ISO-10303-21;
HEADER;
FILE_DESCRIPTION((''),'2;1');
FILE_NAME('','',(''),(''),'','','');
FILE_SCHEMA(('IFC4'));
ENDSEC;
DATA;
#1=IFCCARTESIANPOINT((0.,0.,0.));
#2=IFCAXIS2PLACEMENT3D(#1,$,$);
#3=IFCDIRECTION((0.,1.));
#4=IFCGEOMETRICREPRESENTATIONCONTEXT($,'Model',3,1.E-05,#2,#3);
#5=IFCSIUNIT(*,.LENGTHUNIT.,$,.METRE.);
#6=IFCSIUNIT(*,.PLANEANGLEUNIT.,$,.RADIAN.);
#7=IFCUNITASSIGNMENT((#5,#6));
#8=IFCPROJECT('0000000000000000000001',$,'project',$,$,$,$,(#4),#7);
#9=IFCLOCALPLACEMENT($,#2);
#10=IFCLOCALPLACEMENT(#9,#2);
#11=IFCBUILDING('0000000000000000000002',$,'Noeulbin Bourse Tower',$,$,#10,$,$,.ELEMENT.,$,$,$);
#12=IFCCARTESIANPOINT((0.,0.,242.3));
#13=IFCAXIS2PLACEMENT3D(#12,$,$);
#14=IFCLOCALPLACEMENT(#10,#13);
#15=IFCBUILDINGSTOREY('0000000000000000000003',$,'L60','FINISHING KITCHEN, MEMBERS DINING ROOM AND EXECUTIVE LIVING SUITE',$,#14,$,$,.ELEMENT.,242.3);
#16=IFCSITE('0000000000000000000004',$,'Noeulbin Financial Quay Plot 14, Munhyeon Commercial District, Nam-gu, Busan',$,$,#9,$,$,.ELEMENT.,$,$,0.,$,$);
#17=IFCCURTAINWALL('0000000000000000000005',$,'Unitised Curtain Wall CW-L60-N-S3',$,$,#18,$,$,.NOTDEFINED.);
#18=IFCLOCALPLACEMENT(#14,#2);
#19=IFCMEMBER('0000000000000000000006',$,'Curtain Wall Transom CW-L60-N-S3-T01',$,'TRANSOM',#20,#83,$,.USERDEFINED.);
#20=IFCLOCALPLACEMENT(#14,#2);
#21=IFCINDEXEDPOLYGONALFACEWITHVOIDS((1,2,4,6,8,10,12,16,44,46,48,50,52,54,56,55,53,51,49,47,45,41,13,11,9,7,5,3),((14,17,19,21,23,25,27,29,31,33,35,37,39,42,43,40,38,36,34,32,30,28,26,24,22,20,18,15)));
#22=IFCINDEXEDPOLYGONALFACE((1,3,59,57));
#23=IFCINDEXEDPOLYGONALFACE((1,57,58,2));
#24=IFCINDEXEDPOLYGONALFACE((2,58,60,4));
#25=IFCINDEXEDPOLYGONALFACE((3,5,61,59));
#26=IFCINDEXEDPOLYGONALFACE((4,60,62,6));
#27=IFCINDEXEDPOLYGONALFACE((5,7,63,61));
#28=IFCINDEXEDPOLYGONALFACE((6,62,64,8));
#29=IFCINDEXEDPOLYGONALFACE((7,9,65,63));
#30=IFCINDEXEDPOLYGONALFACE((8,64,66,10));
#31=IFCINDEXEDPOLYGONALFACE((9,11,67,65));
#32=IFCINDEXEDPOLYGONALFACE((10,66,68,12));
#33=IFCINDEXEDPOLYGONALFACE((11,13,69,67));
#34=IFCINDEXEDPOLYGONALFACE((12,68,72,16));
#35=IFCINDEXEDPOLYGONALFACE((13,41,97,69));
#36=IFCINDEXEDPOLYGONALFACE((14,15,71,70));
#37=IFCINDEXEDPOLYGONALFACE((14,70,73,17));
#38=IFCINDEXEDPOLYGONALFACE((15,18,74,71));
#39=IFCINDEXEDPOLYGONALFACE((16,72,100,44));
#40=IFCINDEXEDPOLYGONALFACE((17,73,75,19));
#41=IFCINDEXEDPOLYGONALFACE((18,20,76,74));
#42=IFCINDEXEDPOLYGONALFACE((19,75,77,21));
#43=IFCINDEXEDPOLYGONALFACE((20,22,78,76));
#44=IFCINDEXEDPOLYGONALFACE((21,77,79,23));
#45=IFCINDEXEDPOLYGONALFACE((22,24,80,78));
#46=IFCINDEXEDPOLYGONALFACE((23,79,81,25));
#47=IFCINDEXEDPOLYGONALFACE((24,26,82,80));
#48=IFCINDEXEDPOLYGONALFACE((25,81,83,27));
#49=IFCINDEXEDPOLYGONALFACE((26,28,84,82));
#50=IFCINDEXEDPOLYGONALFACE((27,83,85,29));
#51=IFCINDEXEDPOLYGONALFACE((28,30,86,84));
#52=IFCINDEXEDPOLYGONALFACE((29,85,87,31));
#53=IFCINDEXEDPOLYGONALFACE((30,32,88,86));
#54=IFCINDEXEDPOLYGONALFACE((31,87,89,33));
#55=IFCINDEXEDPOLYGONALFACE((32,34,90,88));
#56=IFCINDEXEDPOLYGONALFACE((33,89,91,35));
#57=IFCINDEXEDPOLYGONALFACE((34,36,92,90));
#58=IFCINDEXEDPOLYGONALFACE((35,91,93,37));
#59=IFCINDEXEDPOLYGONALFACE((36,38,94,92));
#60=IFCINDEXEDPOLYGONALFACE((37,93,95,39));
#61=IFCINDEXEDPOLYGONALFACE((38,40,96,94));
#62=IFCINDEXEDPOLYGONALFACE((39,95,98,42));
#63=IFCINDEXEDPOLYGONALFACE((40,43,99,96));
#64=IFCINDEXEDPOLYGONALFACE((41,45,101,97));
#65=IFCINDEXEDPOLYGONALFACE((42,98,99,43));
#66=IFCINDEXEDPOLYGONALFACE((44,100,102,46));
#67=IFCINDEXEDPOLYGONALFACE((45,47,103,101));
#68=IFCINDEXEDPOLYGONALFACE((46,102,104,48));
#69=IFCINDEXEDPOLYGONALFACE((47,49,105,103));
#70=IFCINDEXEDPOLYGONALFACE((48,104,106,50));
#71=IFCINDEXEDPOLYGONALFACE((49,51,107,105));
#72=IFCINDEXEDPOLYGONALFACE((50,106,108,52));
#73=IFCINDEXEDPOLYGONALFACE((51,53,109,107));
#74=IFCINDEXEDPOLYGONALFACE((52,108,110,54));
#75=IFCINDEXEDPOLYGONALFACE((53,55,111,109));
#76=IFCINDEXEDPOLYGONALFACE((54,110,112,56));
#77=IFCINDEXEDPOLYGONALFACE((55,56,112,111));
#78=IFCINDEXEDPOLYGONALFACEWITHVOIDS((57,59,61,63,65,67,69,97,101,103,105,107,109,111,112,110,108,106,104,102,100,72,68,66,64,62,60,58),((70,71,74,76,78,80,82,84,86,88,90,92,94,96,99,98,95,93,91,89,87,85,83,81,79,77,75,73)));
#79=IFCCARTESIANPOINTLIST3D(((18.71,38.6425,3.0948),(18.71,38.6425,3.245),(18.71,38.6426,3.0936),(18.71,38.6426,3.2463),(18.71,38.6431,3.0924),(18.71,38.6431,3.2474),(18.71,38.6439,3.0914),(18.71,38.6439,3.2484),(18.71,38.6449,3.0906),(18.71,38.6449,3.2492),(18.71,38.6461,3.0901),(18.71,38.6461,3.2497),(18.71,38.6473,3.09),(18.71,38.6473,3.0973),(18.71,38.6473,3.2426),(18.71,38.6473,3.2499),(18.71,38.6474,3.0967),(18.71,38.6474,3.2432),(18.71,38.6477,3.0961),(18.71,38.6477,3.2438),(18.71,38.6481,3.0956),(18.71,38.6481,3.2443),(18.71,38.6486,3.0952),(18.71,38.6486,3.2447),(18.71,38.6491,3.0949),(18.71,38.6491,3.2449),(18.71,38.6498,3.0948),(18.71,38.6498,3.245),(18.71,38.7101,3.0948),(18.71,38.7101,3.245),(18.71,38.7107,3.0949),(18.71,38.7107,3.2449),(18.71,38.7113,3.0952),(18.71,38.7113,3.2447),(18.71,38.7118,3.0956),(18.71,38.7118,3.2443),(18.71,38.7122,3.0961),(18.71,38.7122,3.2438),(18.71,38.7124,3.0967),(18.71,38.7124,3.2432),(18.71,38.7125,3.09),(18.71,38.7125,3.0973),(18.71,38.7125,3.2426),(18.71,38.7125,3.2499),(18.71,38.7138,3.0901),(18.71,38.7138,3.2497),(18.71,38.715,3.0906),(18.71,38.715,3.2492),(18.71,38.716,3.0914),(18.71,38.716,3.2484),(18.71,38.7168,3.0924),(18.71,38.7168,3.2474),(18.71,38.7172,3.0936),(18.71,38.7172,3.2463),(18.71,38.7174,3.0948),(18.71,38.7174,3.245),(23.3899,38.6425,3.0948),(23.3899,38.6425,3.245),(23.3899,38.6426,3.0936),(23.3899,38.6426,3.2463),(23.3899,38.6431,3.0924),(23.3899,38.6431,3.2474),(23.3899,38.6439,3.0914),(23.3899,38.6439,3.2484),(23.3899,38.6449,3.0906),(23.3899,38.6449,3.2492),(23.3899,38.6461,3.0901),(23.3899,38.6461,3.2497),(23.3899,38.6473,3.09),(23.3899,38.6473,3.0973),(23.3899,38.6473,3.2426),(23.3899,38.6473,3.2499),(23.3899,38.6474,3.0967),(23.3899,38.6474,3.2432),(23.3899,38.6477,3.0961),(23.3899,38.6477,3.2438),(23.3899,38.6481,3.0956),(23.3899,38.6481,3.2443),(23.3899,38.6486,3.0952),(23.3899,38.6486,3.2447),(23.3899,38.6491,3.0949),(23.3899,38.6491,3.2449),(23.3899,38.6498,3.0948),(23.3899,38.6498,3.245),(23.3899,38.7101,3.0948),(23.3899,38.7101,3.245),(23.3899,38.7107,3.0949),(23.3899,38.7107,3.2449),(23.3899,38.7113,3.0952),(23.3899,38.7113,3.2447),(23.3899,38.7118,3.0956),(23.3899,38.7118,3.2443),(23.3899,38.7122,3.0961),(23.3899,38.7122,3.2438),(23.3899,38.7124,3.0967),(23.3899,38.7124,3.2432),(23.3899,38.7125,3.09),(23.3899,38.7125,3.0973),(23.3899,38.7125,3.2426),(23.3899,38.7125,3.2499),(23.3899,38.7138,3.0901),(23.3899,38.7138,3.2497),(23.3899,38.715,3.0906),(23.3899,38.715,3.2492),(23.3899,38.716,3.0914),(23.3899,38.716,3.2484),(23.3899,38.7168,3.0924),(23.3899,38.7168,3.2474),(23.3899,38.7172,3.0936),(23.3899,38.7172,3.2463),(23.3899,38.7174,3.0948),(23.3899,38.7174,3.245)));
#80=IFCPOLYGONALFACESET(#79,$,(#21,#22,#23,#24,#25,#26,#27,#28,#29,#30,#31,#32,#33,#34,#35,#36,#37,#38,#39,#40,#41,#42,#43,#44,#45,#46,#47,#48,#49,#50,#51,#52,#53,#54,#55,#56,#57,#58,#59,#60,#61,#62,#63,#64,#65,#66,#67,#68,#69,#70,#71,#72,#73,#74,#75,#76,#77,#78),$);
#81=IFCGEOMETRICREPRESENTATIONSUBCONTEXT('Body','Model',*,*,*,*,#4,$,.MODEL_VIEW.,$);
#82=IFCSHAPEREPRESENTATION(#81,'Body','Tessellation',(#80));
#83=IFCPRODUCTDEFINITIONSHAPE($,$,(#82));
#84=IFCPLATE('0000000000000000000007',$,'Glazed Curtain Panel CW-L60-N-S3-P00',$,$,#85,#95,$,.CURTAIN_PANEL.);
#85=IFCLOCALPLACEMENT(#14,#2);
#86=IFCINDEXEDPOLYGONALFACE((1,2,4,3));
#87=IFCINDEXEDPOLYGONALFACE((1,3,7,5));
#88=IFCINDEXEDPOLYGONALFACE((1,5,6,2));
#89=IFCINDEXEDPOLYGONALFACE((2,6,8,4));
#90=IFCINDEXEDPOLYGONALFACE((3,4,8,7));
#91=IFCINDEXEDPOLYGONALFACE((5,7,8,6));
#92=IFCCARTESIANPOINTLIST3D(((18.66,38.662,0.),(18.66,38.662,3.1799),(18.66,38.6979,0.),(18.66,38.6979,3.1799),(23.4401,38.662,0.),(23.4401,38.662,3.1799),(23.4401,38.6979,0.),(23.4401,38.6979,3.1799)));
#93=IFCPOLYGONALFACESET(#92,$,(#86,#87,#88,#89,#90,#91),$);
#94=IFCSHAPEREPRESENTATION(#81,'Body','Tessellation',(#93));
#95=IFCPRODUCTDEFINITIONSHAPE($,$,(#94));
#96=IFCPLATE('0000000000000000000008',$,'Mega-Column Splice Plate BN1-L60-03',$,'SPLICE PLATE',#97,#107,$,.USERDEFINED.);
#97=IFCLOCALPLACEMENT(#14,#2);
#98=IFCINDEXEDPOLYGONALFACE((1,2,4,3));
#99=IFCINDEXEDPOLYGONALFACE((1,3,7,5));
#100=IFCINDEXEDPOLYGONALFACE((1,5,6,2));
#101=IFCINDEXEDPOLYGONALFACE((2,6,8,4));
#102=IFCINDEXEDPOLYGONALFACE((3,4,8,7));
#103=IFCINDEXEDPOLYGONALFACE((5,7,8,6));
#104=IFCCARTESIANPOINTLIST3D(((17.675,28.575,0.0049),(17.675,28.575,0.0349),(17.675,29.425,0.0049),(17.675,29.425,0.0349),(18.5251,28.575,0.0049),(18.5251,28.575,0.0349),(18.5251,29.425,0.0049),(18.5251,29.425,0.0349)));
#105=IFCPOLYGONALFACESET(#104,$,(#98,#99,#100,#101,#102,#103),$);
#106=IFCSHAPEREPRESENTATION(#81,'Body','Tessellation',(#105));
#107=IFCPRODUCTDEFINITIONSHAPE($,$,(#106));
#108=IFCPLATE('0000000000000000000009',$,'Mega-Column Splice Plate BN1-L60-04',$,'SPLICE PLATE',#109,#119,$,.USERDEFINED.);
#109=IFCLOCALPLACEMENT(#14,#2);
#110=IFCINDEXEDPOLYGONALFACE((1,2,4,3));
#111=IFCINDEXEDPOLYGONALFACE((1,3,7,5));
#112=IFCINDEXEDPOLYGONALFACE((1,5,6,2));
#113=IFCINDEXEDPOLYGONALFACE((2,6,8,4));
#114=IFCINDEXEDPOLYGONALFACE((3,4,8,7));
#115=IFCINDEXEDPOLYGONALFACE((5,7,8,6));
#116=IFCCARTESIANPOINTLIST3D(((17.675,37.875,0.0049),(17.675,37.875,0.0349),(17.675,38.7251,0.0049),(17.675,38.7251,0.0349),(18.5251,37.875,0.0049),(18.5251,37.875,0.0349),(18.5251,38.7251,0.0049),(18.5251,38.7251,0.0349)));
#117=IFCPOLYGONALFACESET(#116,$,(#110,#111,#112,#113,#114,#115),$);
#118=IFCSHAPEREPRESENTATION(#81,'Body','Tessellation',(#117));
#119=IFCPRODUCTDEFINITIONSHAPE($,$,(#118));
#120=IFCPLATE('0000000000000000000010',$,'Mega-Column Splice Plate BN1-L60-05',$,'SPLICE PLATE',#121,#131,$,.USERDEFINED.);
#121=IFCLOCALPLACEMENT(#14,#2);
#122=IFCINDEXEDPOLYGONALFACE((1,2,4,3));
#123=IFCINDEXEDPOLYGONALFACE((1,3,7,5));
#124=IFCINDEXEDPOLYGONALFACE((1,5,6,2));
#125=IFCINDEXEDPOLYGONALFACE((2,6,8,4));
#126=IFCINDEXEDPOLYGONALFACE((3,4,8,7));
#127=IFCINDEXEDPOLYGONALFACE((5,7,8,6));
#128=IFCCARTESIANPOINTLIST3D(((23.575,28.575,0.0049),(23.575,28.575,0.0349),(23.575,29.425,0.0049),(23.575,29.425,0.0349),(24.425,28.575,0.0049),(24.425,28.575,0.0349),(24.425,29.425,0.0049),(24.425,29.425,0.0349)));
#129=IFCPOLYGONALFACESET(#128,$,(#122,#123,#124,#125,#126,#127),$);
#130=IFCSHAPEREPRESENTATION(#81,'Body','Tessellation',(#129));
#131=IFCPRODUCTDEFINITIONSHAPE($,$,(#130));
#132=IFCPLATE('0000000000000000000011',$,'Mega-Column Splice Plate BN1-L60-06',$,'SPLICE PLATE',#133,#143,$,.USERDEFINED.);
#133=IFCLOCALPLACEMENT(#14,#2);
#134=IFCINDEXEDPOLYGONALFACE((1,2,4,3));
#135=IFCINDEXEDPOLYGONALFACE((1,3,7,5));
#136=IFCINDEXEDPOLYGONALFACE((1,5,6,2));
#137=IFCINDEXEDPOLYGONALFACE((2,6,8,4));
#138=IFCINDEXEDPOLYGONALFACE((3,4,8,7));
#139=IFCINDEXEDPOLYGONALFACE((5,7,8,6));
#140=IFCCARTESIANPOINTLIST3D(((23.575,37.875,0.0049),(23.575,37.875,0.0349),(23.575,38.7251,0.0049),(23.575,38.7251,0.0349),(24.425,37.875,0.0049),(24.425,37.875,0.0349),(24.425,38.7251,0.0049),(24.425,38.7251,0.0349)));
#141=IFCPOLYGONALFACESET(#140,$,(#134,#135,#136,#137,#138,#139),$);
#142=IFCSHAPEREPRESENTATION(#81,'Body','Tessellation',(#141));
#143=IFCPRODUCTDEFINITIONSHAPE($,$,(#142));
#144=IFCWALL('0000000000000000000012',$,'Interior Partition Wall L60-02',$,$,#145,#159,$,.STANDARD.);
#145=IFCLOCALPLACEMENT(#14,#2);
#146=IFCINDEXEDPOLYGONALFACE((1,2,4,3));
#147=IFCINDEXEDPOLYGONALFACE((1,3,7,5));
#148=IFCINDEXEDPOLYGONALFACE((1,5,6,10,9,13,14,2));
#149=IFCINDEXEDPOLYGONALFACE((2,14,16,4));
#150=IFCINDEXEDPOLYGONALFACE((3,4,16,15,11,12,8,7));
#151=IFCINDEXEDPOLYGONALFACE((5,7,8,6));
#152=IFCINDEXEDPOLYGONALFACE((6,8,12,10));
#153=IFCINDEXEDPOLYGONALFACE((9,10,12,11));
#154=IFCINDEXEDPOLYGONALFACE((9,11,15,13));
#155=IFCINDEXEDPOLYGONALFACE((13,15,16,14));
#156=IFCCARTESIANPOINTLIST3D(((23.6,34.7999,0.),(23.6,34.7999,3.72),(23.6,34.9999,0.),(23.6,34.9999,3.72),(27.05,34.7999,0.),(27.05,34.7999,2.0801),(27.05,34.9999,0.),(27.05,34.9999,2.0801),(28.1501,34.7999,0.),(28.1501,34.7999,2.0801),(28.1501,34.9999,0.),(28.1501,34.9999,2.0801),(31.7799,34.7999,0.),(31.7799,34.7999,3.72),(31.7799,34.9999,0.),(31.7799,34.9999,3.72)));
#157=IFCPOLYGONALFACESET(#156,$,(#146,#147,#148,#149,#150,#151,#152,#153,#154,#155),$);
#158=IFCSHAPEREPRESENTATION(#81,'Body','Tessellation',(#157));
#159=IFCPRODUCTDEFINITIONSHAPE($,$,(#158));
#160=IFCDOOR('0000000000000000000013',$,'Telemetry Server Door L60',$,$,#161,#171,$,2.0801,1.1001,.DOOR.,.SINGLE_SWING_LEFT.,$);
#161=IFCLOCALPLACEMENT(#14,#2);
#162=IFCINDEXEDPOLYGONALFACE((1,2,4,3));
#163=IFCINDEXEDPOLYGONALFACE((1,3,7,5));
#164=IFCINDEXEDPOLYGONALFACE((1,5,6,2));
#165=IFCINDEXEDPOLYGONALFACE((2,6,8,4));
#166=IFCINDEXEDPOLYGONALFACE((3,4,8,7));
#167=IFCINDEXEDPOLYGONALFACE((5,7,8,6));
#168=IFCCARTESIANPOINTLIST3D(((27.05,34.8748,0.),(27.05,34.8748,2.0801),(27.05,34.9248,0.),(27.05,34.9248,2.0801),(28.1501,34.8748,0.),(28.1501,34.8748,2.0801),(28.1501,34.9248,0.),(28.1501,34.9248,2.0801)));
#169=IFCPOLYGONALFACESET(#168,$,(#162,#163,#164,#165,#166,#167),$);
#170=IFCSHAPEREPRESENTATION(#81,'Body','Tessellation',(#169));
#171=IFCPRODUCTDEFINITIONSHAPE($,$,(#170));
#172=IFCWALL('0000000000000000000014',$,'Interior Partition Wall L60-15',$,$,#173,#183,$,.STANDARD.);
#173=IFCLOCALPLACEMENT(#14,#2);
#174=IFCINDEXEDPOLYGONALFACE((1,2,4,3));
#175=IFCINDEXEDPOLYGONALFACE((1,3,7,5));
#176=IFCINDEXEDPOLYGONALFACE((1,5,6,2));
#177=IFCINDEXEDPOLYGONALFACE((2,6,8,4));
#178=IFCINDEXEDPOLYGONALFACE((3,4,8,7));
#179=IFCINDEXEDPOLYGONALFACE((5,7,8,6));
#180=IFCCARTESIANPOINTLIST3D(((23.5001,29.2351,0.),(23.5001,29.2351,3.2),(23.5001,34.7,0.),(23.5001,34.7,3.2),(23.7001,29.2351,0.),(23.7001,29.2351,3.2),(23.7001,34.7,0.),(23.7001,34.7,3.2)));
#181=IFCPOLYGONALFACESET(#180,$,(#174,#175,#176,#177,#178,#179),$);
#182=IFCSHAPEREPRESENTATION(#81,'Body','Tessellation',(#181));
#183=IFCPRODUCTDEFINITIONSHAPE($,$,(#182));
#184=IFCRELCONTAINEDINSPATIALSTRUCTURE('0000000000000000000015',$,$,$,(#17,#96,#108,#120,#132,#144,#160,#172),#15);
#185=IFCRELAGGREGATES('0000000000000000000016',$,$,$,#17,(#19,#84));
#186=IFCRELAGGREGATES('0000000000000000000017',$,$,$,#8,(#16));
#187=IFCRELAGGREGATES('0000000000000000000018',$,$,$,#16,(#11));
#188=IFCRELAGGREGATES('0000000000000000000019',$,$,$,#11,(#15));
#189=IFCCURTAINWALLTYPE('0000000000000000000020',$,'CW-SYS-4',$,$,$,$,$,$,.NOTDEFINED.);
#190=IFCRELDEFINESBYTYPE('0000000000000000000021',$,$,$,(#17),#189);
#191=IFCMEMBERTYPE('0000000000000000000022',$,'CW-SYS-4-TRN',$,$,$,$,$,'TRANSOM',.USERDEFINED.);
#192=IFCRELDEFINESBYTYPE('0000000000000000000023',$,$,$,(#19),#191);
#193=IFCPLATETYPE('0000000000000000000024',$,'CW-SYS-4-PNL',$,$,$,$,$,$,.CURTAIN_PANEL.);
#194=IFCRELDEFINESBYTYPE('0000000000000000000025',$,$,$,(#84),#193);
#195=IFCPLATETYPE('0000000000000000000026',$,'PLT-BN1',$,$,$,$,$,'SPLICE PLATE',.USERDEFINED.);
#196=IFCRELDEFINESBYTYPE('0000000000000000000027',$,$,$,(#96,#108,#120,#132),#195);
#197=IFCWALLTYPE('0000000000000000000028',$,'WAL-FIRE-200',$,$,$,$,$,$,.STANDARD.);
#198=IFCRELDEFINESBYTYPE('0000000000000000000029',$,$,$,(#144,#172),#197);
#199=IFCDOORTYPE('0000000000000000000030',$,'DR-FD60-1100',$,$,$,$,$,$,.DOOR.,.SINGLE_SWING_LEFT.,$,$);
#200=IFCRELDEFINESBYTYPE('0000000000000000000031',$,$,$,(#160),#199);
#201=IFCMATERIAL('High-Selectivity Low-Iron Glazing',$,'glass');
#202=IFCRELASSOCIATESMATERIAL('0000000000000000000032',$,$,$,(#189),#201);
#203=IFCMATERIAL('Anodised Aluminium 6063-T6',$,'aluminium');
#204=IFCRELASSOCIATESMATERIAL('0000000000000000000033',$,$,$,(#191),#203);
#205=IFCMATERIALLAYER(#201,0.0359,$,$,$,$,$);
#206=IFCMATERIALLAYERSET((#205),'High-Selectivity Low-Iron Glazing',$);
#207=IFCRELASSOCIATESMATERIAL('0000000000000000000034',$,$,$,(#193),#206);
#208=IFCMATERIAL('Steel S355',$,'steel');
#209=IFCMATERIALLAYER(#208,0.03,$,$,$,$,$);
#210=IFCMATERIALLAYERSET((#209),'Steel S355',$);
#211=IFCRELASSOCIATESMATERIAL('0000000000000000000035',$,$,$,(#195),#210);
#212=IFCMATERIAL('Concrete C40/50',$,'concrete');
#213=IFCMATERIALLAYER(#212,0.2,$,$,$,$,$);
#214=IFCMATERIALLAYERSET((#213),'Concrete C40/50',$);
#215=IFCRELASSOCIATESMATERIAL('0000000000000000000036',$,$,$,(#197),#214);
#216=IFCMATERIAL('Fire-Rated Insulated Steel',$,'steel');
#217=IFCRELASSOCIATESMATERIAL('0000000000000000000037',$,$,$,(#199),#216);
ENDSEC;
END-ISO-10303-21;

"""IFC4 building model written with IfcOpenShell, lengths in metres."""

from ifc_helpers import new_model, si_unit, direction, frame, frame_2d, origin, origin_2d, place, context, subcontext, project, spatial, rectangle, hollow_rectangle, extrude, material, layer, layer_set, material_profile, profile_set, type_object, element, fill, aggregate, save


model = new_model("IFC4")

# Units and contexts
model_context = context("Model", 3, precision=1e-05, world=origin(), true_north=direction((0.0, 1.0)))
body_context = subcontext(model_context, "Body", "Model", "MODEL_VIEW")
ifc_project = project(units=[si_unit("LENGTHUNIT", "METRE"), si_unit("PLANEANGLEUNIT", "RADIAN")], contexts=[model_context])

# Site, building, storey
site_placement = place(None, origin())
site = spatial("IfcSite", under=ifc_project, at=site_placement, Name="Noeulbin Financial Quay Plot 14, Munhyeon Commercial District, Nam-gu, Busan", CompositionType="ELEMENT", RefElevation=0.0)
building_placement = place(site_placement, origin())
building = spatial("IfcBuilding", under=site, at=building_placement, Name="Noeulbin Bourse Tower", CompositionType="ELEMENT")
storey_placement = place(building_placement, frame((0.0, 0.0, 242.3)))
storey = spatial("IfcBuildingStorey", under=building, at=storey_placement, Name="L60", Description="FINISHING KITCHEN, MEMBERS DINING ROOM AND EXECUTIVE LIVING SUITE", CompositionType="ELEMENT", Elevation=242.3)

# Shared definitions
ifc_material_1 = material(Name="Steel S355", Category="steel")

# Curtain wall, member, plate
ifc_material_2 = material(Name="High-Selectivity Low-Iron Glazing", Category="glass")
curtain_wall_type = type_object("IfcCurtainWallType", Name="CW-SYS-4", PredefinedType="NOTDEFINED", material=ifc_material_2)
curtain_wall_placement = place(storey_placement, origin())
curtain_wall = element("IfcCurtainWall", 1, at=curtain_wall_placement, inside=storey, type_object=curtain_wall_type, Name="Unitised Curtain Wall CW-L60-N-S3", PredefinedType="NOTDEFINED")
ifc_material_3 = material(Name="Anodised Aluminium 6063-T6", Category="aluminium")
ifc_material_profile_1 = material_profile(ifc_material_3, hollow_rectangle(XDim=0.075, YDim=0.1599, WallThickness=0.0049, InnerFilletRadius=0.0024, OuterFilletRadius=0.0049, at=origin_2d()), Name="ALU-TRAN-75x160x5", Category="LoadBearing")
ifc_profile_set_1 = profile_set([ifc_material_profile_1], Name="Anodised Aluminium 6063-T6")
member_type_1 = type_object("IfcMemberType", Name="CW-SYS-4-TRN", ElementType="TRANSOM", PredefinedType="USERDEFINED", material=ifc_profile_set_1)
member_1_placement = place(storey_placement, frame((18.71, 38.6799, 3.1699), z_axis=(1.0, 0.0, 0.0), x_axis=(0.0, 1.0, 0.0)))
member_1 = element("IfcMember", 2, at=member_1_placement, type_object=member_type_1, Name="Curtain Wall Transom CW-L60-N-S3-T01", ObjectType="TRANSOM", PredefinedType="USERDEFINED", context=body_context, shape_type="SweptSolid", body=[
    extrude(hollow_rectangle(XDim=0.075, YDim=0.1599, WallThickness=0.0049, InnerFilletRadius=0.0024, OuterFilletRadius=0.0049, at=origin_2d()), origin(), (0.0, 0.0, 1.0), 4.6799),
])
ifc_layer_1 = layer(ifc_material_2, 0.0359)
ifc_layer_set_1 = layer_set([ifc_layer_1], Name="High-Selectivity Low-Iron Glazing")
plate_type_1 = type_object("IfcPlateType", Name="CW-SYS-4-PNL", PredefinedType="CURTAIN_PANEL", material=ifc_layer_set_1)
plate_placement = place(storey_placement, frame((21.05, 38.6799, 0.0), z_axis=(0.0, 0.0, 1.0), x_axis=(1.0, 0.0, 0.0)))
plate = element("IfcPlate", 3, at=plate_placement, type_object=plate_type_1, Name="Glazed Curtain Panel CW-L60-N-S3-P00", PredefinedType="CURTAIN_PANEL", context=body_context, shape_type="SweptSolid", body=[
    extrude(rectangle(XDim=4.78, YDim=0.0359, at=origin_2d()), origin(), (0.0, 0.0, 1.0), 3.1799),
])
aggregate(curtain_wall, [member_1, plate])

# Plates
ifc_layer_2 = layer(ifc_material_1, 0.03)
ifc_layer_set_2 = layer_set([ifc_layer_2], Name="Steel S355")
plate_type_2 = type_object("IfcPlateType", Name="PLT-BN1", ElementType="SPLICE PLATE", PredefinedType="USERDEFINED", material=ifc_layer_set_2)
for number, where, z_axis, x_axis, name in (
    (4, (18.1001, 29.0, 0.0049), (0.0, 0.0, 1.0), (1.0, 0.0, 0.0), "Mega-Column Splice Plate BN1-L60-03"),
    (5, (18.1001, 38.3, 0.0049), (0.0, 0.0, 1.0), (1.0, 0.0, 0.0), "Mega-Column Splice Plate BN1-L60-04"),
    (6, (24.0, 29.0, 0.0049), (0.0, 0.0, 1.0), (1.0, 0.0, 0.0), "Mega-Column Splice Plate BN1-L60-05"),
    (7, (24.0, 38.3, 0.0049), (0.0, 0.0, 1.0), (1.0, 0.0, 0.0), "Mega-Column Splice Plate BN1-L60-06"),
):
    element("IfcPlate", number, at=place(storey_placement, frame(where, z_axis=z_axis, x_axis=x_axis)), inside=storey, type_object=plate_type_2, Name=name, ObjectType="SPLICE PLATE", PredefinedType="USERDEFINED", context=body_context, shape_type="SweptSolid", body=[
        extrude(rectangle(XDim=0.8501, YDim=0.8501, at=origin_2d()), origin(), (0.0, 0.0, 1.0), 0.03),
    ])

# Wall, opening, door
ifc_material_4 = material(Name="Concrete C40/50", Category="concrete")
ifc_layer_3 = layer(ifc_material_4, 0.2)
ifc_layer_set_3 = layer_set([ifc_layer_3], Name="Concrete C40/50")
wall_type_1 = type_object("IfcWallType", Name="WAL-FIRE-200", PredefinedType="STANDARD", material=ifc_layer_set_3)
wall_1_placement = place(storey_placement, frame((23.6001, 34.8999, 0.0), z_axis=(0.0, 0.0, 1.0), x_axis=(1.0, 0.0, 0.0)))
wall_1 = element("IfcWall", 8, at=wall_1_placement, inside=storey, type_object=wall_type_1, Name="Interior Partition Wall L60-02", PredefinedType="STANDARD", context=body_context, shape_type="SweptSolid", body=[
    extrude(rectangle(XDim=8.1799, YDim=0.2, at=frame_2d((4.0898, 0.0))), origin(), (0.0, 0.0, 1.0), 3.72),
])
opening_1_placement = place(wall_1_placement, frame((3.45, 0.0, 0.0)))
opening_1 = element("IfcOpeningElement", 9, at=opening_1_placement, cuts=wall_1, PredefinedType="OPENING", context=body_context, shape_type="SweptSolid", body=[
    extrude(rectangle(XDim=1.1001, YDim=2.0801, at=frame_2d((0.55, 1.04))), frame((0.0, 0.1099, 0.0), z_axis=(0.0, -1.0, 0.0), x_axis=(1.0, 0.0, 0.0)), (0.0, 0.0, 1.0), 0.22),
])
ifc_material_5 = material(Name="Fire-Rated Insulated Steel", Category="steel")
door_type_1 = type_object("IfcDoorType", Name="DR-FD60-1100", OperationType="SINGLE_SWING_LEFT", PredefinedType="DOOR", material=ifc_material_5)
door_1_placement = place(opening_1_placement, origin())
door_1 = element("IfcDoor", 10, at=door_1_placement, inside=storey, type_object=door_type_1, Name="Telemetry Server Door L60", OperationType="SINGLE_SWING_LEFT", OverallHeight=2.0801, OverallWidth=1.1001, PredefinedType="DOOR", context=body_context, shape_type="SweptSolid", body=[
    extrude(rectangle(XDim=1.1001, YDim=2.0801, at=frame_2d((0.55, 1.04))), frame((0.0, 0.0249, 0.0), z_axis=(0.0, -1.0, 0.0), x_axis=(1.0, 0.0, 0.0)), (0.0, 0.0, 1.0), 0.05),
])
fill(opening_1, door_1)

# Wall
wall_2_placement = place(storey_placement, frame((23.6001, 29.2351, 0.0), z_axis=(0.0, 0.0, 1.0), x_axis=(0.0, 1.0, 0.0)))
element("IfcWall", 11, at=wall_2_placement, inside=storey, type_object=wall_type_1, Name="Interior Partition Wall L60-15", PredefinedType="STANDARD", context=body_context, shape_type="SweptSolid", body=[
    extrude(rectangle(XDim=5.4648, YDim=0.2, at=frame_2d((2.7324, 0.0))), origin(), (0.0, 0.0, 1.0), 3.2),
])

save(model, "model.ifc")
